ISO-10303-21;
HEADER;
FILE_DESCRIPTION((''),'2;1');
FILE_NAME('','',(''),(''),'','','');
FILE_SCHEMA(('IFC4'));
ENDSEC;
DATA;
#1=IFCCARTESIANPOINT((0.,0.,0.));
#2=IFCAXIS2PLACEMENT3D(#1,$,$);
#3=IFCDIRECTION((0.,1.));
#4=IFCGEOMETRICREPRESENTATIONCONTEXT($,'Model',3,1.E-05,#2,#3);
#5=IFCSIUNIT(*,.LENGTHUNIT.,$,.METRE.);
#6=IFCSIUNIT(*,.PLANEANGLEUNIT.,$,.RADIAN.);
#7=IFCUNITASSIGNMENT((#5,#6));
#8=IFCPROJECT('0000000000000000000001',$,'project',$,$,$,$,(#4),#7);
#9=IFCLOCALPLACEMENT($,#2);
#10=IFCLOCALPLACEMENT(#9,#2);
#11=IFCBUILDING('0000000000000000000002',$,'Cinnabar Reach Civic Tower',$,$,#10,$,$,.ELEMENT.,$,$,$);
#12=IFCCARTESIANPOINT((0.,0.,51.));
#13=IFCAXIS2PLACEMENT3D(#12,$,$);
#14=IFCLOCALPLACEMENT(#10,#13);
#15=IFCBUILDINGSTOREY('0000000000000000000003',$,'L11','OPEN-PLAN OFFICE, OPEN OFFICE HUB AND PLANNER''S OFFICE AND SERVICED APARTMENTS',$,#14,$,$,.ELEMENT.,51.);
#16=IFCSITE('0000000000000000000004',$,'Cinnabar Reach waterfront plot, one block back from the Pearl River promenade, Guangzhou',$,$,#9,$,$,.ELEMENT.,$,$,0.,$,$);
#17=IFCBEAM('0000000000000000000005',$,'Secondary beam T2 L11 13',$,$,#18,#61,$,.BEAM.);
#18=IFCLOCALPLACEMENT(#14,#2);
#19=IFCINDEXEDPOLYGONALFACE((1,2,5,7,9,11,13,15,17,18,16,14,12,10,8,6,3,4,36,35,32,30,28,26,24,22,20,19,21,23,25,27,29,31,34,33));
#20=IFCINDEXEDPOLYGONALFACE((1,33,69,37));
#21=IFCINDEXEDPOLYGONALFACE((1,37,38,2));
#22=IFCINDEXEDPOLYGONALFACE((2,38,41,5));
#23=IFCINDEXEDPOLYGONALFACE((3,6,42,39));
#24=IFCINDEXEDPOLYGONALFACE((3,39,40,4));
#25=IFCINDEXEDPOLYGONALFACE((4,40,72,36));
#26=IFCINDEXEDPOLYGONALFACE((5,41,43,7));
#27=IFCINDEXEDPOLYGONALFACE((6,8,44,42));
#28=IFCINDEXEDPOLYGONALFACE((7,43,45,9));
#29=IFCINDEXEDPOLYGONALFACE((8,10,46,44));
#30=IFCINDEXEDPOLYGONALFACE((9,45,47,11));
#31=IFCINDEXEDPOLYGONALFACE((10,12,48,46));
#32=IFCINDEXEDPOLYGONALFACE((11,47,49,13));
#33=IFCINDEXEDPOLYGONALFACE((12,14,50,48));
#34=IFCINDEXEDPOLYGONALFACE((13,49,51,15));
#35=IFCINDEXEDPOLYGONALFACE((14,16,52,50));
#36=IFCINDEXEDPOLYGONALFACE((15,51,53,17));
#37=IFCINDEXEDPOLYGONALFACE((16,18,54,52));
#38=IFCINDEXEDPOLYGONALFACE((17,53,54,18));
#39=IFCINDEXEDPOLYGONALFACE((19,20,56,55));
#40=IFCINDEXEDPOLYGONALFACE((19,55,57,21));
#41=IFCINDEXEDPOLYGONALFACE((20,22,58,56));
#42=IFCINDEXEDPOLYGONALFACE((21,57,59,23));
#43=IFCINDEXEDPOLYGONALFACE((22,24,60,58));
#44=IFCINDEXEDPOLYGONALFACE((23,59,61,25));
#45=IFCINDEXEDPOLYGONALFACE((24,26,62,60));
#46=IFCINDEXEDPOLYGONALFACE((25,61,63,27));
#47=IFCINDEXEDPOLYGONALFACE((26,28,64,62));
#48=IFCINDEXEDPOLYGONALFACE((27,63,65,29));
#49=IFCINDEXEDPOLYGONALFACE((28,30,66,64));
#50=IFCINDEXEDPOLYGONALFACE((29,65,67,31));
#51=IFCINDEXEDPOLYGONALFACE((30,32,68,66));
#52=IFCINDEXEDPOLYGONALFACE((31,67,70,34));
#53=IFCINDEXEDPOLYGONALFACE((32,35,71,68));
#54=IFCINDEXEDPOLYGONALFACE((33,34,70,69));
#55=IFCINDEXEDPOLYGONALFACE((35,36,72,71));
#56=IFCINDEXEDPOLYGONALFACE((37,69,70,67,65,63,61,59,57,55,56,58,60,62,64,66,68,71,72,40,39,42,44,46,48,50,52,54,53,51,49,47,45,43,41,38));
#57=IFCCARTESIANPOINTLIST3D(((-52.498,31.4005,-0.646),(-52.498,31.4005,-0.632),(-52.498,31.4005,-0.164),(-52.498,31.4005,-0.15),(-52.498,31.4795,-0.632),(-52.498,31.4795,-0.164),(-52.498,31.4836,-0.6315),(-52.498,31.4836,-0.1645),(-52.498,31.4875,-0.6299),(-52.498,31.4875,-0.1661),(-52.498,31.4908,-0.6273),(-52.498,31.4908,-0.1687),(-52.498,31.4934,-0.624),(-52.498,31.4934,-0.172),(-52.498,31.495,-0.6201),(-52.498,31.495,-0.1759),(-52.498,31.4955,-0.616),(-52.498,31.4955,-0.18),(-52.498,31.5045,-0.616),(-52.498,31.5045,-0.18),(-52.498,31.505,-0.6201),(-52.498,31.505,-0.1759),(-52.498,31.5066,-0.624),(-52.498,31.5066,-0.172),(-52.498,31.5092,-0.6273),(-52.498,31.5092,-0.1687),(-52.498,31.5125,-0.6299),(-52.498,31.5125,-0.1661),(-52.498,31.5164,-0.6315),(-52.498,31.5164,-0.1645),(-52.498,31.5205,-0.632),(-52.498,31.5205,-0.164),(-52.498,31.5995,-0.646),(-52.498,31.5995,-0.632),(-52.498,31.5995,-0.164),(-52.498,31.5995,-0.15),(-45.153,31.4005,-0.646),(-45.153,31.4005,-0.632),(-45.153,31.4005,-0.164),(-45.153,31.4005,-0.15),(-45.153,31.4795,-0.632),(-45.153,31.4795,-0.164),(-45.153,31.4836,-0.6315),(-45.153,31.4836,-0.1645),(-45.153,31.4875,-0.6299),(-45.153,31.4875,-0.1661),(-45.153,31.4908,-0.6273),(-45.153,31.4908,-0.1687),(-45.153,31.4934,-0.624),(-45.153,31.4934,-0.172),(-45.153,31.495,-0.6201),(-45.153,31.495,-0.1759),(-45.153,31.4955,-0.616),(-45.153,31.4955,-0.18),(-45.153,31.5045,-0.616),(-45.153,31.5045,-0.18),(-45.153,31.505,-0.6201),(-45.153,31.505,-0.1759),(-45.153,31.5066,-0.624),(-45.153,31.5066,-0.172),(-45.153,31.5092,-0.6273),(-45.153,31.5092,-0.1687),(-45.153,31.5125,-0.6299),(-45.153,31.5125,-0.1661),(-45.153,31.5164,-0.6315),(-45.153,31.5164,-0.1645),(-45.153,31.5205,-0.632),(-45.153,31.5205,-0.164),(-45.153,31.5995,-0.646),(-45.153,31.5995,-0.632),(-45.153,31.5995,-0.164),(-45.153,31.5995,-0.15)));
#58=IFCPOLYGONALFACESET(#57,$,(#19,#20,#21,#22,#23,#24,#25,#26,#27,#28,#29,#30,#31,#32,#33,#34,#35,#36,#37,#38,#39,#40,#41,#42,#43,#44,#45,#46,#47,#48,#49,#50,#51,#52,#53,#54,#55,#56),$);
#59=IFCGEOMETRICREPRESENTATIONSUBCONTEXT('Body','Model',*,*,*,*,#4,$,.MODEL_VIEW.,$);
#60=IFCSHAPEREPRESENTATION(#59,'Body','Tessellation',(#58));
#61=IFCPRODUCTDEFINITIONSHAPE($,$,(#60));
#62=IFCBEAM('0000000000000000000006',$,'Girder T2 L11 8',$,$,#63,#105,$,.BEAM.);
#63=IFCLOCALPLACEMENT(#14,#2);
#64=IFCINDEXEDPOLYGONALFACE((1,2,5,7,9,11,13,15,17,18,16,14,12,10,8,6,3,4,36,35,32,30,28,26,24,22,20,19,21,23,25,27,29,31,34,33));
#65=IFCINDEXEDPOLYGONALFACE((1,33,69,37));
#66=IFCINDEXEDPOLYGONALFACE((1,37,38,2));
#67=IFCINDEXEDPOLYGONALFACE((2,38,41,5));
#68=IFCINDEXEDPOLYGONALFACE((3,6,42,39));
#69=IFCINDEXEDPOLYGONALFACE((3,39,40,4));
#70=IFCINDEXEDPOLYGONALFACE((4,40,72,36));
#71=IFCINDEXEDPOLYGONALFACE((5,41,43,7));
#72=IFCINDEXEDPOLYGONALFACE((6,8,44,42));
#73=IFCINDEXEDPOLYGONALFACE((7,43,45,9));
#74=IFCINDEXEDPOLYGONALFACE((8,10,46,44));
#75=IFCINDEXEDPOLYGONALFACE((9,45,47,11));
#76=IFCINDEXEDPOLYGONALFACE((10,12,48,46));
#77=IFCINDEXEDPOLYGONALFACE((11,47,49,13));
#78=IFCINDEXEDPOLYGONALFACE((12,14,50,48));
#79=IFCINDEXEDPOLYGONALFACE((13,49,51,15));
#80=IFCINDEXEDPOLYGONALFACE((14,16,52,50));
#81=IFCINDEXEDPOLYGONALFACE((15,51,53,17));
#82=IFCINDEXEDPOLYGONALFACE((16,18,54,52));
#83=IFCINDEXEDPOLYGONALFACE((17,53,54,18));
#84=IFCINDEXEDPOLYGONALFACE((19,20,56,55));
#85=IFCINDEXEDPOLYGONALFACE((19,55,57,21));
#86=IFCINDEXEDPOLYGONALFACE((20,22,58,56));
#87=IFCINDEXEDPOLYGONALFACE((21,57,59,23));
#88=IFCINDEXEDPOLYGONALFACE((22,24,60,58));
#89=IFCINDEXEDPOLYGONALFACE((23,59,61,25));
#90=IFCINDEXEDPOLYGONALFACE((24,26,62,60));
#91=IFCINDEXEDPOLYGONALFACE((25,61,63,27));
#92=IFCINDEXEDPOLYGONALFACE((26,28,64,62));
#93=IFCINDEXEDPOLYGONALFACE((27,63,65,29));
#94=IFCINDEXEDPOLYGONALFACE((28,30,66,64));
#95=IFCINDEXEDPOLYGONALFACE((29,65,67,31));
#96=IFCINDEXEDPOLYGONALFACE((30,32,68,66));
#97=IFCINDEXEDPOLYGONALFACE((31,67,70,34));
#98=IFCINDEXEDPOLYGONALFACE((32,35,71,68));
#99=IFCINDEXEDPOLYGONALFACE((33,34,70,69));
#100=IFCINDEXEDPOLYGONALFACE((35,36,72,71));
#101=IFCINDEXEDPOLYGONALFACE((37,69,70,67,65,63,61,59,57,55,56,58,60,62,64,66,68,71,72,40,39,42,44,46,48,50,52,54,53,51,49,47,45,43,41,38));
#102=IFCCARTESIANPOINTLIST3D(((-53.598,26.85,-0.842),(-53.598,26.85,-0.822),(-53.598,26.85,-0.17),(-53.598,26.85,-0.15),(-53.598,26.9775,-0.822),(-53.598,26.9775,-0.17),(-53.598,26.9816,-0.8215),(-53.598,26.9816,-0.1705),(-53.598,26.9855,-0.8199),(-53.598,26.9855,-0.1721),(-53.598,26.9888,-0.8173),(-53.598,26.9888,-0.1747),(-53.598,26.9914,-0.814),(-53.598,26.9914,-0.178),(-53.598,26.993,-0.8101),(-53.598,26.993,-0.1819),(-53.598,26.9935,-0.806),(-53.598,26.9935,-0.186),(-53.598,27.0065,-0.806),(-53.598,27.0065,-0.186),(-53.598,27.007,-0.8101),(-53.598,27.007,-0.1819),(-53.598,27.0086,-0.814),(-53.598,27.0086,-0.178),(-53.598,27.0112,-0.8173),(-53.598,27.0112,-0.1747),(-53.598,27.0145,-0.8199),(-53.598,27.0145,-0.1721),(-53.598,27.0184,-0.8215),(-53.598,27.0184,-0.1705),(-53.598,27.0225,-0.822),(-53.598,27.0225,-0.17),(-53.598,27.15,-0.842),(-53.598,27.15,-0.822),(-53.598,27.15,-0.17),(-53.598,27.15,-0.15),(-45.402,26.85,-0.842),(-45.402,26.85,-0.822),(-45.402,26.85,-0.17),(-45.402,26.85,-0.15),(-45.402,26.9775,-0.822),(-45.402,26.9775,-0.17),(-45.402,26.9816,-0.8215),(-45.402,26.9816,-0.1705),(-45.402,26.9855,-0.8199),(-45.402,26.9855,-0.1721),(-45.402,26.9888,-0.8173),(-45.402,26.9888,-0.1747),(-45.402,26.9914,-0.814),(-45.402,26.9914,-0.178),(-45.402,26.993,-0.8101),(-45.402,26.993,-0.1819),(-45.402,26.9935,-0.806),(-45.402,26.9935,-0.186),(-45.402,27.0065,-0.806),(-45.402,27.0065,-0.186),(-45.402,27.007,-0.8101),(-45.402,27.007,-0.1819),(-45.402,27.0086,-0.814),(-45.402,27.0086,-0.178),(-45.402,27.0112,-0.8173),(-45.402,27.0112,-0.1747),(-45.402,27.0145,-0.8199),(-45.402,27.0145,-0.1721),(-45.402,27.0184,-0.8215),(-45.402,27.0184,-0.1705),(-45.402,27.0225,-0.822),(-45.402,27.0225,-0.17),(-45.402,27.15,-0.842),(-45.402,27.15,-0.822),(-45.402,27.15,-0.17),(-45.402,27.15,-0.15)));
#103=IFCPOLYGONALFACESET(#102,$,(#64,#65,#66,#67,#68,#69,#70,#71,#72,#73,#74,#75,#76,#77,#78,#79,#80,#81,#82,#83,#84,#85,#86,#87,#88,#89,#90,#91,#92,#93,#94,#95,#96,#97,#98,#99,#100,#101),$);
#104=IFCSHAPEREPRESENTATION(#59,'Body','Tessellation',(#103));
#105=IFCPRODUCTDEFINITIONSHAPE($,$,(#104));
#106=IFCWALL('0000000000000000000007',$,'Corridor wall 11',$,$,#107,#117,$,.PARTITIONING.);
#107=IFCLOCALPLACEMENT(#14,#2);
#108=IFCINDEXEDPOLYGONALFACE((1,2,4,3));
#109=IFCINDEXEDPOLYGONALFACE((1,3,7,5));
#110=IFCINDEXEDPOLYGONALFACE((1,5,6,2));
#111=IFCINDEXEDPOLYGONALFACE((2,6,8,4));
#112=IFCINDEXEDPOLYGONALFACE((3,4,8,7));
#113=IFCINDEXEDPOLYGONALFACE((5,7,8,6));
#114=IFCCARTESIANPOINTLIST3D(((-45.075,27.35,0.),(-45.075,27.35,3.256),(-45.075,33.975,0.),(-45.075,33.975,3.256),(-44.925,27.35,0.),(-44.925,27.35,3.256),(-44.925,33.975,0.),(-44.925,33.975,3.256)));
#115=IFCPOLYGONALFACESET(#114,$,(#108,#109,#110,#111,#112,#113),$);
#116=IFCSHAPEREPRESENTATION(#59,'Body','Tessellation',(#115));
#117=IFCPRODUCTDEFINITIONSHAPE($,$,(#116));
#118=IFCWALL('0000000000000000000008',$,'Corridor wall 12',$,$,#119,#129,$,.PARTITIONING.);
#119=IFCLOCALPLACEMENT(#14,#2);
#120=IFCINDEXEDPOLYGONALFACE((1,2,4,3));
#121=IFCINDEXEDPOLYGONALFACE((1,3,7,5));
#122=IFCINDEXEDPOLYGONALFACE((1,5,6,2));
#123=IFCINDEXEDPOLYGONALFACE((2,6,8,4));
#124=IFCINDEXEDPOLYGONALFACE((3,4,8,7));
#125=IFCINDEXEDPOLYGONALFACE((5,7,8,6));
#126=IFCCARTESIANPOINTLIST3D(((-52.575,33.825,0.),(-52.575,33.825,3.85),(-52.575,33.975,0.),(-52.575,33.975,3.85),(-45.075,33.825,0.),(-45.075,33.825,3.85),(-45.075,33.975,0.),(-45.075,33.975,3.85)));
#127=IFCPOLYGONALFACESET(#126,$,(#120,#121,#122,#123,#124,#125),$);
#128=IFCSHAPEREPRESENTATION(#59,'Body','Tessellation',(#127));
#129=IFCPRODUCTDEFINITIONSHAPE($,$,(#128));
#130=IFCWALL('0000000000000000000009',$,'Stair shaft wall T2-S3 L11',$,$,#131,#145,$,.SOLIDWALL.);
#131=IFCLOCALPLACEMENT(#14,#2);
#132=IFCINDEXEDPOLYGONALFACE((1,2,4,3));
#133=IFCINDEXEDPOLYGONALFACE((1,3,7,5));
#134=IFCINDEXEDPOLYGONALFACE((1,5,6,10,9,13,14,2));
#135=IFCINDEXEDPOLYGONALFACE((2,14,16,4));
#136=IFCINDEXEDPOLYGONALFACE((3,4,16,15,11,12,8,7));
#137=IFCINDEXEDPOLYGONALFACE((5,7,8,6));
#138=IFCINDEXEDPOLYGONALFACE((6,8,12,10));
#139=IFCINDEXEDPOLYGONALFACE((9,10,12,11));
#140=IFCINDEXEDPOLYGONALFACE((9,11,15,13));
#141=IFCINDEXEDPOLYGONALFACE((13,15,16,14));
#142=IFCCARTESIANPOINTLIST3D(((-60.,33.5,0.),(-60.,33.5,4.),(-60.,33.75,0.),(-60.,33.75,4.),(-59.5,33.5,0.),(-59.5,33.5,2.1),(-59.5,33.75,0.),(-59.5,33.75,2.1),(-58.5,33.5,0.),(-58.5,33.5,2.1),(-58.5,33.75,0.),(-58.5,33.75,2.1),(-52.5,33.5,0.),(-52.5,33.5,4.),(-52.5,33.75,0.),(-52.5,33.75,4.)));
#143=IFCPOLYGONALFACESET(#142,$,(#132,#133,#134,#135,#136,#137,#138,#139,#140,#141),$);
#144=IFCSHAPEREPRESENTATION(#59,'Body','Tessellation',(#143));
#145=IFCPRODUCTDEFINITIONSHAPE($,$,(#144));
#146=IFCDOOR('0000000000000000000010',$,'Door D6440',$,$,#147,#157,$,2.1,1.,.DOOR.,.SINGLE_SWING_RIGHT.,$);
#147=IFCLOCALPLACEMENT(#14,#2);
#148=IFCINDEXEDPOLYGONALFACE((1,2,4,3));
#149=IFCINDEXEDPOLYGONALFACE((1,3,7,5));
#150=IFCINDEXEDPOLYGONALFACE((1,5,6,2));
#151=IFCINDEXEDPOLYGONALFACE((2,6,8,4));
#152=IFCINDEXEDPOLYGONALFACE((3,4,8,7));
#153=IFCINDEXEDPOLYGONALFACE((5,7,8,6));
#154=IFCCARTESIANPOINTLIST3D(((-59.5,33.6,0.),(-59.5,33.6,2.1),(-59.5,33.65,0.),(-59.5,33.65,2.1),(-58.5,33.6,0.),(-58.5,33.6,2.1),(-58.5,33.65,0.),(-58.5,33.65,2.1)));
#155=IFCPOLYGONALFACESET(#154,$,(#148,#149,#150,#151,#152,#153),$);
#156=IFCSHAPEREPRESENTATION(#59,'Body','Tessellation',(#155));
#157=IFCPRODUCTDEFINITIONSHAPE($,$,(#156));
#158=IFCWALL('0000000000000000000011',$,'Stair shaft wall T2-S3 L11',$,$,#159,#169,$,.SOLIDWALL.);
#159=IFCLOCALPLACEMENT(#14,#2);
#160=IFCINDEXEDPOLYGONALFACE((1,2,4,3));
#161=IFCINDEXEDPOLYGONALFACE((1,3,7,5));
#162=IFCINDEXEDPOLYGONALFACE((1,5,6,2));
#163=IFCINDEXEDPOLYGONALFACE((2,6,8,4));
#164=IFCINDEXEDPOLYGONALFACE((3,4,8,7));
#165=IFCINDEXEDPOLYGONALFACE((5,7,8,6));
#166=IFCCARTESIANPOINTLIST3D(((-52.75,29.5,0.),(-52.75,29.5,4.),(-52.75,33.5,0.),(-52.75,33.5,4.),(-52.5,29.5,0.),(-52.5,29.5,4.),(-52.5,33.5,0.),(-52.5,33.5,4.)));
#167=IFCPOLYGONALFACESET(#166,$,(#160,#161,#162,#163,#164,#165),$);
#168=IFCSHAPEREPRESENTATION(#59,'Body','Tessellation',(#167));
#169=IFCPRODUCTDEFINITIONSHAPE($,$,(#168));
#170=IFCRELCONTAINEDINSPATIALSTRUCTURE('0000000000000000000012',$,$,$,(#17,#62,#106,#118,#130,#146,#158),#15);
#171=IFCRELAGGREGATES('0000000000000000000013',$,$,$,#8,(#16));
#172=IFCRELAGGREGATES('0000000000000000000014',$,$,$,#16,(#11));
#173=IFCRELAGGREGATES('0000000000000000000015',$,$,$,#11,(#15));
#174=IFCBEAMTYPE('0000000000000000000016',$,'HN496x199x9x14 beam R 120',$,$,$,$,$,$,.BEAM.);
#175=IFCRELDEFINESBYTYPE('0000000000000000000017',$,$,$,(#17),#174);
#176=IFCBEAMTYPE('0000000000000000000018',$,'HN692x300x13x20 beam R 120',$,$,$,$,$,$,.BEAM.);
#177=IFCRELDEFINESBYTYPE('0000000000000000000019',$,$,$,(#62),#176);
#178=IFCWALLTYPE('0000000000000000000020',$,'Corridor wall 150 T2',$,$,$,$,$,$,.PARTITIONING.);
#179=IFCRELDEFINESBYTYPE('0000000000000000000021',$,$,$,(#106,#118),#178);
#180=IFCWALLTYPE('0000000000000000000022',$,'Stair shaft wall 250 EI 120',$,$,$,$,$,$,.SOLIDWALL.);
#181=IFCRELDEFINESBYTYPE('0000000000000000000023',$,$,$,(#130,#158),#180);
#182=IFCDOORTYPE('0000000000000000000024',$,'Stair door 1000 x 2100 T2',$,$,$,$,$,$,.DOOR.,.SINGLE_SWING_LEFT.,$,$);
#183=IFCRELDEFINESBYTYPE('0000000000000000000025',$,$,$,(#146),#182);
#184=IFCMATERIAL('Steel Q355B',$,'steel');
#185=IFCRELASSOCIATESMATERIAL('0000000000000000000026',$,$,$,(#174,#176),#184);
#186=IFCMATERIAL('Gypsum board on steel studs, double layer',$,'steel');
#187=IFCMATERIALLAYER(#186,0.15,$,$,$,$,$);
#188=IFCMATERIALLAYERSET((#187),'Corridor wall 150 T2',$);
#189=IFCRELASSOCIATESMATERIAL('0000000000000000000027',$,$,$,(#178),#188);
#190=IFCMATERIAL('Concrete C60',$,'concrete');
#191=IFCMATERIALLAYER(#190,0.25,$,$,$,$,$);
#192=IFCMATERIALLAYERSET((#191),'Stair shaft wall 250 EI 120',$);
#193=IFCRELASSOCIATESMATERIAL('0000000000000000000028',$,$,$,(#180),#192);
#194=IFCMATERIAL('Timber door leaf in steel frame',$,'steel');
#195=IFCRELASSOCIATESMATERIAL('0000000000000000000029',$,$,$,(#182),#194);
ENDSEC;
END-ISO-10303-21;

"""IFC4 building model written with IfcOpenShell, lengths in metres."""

from ifc_helpers import new_model, si_unit, direction, frame, frame_2d, origin, origin_2d, place, context, subcontext, project, spatial, rectangle, i_section, extrude, material, layer, layer_set, material_profile, profile_set, type_object, element, fill, save


model = new_model("IFC4")

# Units and contexts
model_context = context("Model", 3, precision=1e-05, world=origin(), true_north=direction((0.0, 1.0)))
body_context = subcontext(model_context, "Body", "Model", "MODEL_VIEW")
ifc_project = project(units=[si_unit("LENGTHUNIT", "METRE"), si_unit("PLANEANGLEUNIT", "RADIAN")], contexts=[model_context])

# Site, building, storey
site_placement = place(None, origin())
site = spatial("IfcSite", under=ifc_project, at=site_placement, Name="Cinnabar Reach waterfront plot, one block back from the Pearl River promenade, Guangzhou", CompositionType="ELEMENT", RefElevation=0.0)
building_placement = place(site_placement, origin())
building = spatial("IfcBuilding", under=site, at=building_placement, Name="Cinnabar Reach Civic Tower", CompositionType="ELEMENT")
storey_placement = place(building_placement, frame((0.0, 0.0, 51.0)))
storey = spatial("IfcBuildingStorey", under=building, at=storey_placement, Name="L11", Description="OPEN-PLAN OFFICE, OPEN OFFICE HUB AND PLANNER'S OFFICE AND SERVICED APARTMENTS", CompositionType="ELEMENT", Elevation=51.0)

# Shared definitions
ifc_material_1 = material(Name="Concrete C60", Category="concrete")

# Beams
ifc_material_2 = material(Name="Steel Q355B", Category="steel")
ifc_material_profile_1 = material_profile(ifc_material_2, i_section(OverallWidth=0.199, OverallDepth=0.496, WebThickness=0.009, FlangeThickness=0.014, FilletRadius=0.016, at=origin_2d()), Name="HN496x199x9x14")
ifc_profile_set_1 = profile_set([ifc_material_profile_1], Name="Steel Q355B")
beam_type_1 = type_object("IfcBeamType", Name="HN496x199x9x14 beam R 120", PredefinedType="BEAM", material=ifc_profile_set_1)
beam_1_placement = place(storey_placement, frame((-52.498, 31.5, -0.398), z_axis=(1.0, 0.0, 0.0), x_axis=(0.0, 1.0, 0.0)))
element("IfcBeam", 1, at=beam_1_placement, inside=storey, type_object=beam_type_1, Name="Secondary beam T2 L11 13", PredefinedType="BEAM", context=body_context, shape_type="SweptSolid", body=[
    extrude(i_section(OverallWidth=0.199, OverallDepth=0.496, WebThickness=0.009, FlangeThickness=0.014, FilletRadius=0.016, at=origin_2d()), origin(), (0.0, 0.0, 1.0), 7.345),
])
ifc_material_profile_2 = material_profile(ifc_material_2, i_section(OverallWidth=0.3, OverallDepth=0.692, WebThickness=0.013, FlangeThickness=0.02, FilletRadius=0.016, at=origin_2d()), Name="HN692x300x13x20")
ifc_profile_set_2 = profile_set([ifc_material_profile_2], Name="Steel Q355B")
beam_type_2 = type_object("IfcBeamType", Name="HN692x300x13x20 beam R 120", PredefinedType="BEAM", material=ifc_profile_set_2)
beam_2_placement = place(storey_placement, frame((-53.598, 27.0, -0.496), z_axis=(1.0, 0.0, 0.0), x_axis=(0.0, 1.0, 0.0)))
element("IfcBeam", 2, at=beam_2_placement, inside=storey, type_object=beam_type_2, Name="Girder T2 L11 8", PredefinedType="BEAM", context=body_context, shape_type="SweptSolid", body=[
    extrude(i_section(OverallWidth=0.3, OverallDepth=0.692, WebThickness=0.013, FlangeThickness=0.02, FilletRadius=0.016, at=origin_2d()), origin(), (0.0, 0.0, 1.0), 8.196),
])

# Walls
ifc_material_3 = material(Name="Gypsum board on steel studs, double layer", Category="steel")
ifc_layer_1 = layer(ifc_material_3, 0.15)
ifc_layer_set_1 = layer_set([ifc_layer_1], Name="Corridor wall 150 T2")
wall_type_1 = type_object("IfcWallType", Name="Corridor wall 150 T2", PredefinedType="PARTITIONING", material=ifc_layer_set_1)
wall_1_placement = place(storey_placement, frame((-45.0, 27.35, 0.0), z_axis=(0.0, 0.0, 1.0), x_axis=(0.0, 1.0, 0.0)))
element("IfcWall", 3, at=wall_1_placement, inside=storey, type_object=wall_type_1, Name="Corridor wall 11", PredefinedType="PARTITIONING", context=body_context, shape_type="SweptSolid", body=[
    extrude(rectangle(XDim=6.625, YDim=0.15, at=frame_2d((3.3125, 0.0))), origin(), (0.0, 0.0, 1.0), 3.256),
])
wall_2_placement = place(storey_placement, frame((-52.575, 33.9, 0.0), z_axis=(0.0, 0.0, 1.0), x_axis=(1.0, 0.0, 0.0)))
element("IfcWall", 4, at=wall_2_placement, inside=storey, type_object=wall_type_1, Name="Corridor wall 12", PredefinedType="PARTITIONING", context=body_context, shape_type="SweptSolid", body=[
    extrude(rectangle(XDim=7.5, YDim=0.15, at=frame_2d((3.75, 0.0))), origin(), (0.0, 0.0, 1.0), 3.85),
])

# Wall, opening, door
ifc_layer_2 = layer(ifc_material_1, 0.25)
ifc_layer_set_2 = layer_set([ifc_layer_2], Name="Stair shaft wall 250 EI 120")
wall_type_2 = type_object("IfcWallType", Name="Stair shaft wall 250 EI 120", PredefinedType="SOLIDWALL", material=ifc_layer_set_2)
wall_3_placement = place(storey_placement, frame((-52.5, 33.625, 0.0), z_axis=(0.0, 0.0, 1.0), x_axis=(-1.0, 0.0, 0.0)))
wall_3 = element("IfcWall", 5, at=wall_3_placement, inside=storey, type_object=wall_type_2, Name="Stair shaft wall T2-S3 L11", PredefinedType="SOLIDWALL", context=body_context, shape_type="SweptSolid", body=[
    extrude(rectangle(XDim=7.5, YDim=0.25, at=frame_2d((3.75, 0.0))), origin(), (0.0, 0.0, 1.0), 4.0),
])
opening_placement = place(wall_3_placement, frame((6.0, 0.0, 0.0)))
opening = element("IfcOpeningElement", 6, at=opening_placement, cuts=wall_3, PredefinedType="OPENING", context=body_context, shape_type="SweptSolid", body=[
    extrude(rectangle(XDim=1.0, YDim=2.1, at=frame_2d((0.5, 1.05))), frame((0.0, 0.135, 0.0), z_axis=(0.0, -1.0, 0.0), x_axis=(1.0, 0.0, 0.0)), (0.0, 0.0, 1.0), 0.27),
])
ifc_material_4 = material(Name="Timber door leaf in steel frame", Category="steel")
door_type = type_object("IfcDoorType", Name="Stair door 1000 x 2100 T2", OperationType="SINGLE_SWING_LEFT", PredefinedType="DOOR", material=ifc_material_4)
door_placement = place(opening_placement, origin())
door = element("IfcDoor", 7, at=door_placement, inside=storey, type_object=door_type, Name="Door D6440", OperationType="SINGLE_SWING_RIGHT", OverallHeight=2.1, OverallWidth=1.0, PredefinedType="DOOR", context=body_context, shape_type="SweptSolid", body=[
    extrude(rectangle(XDim=1.0, YDim=2.1, at=frame_2d((0.5, 1.05))), frame((0.0, 0.025, 0.0), z_axis=(0.0, -1.0, 0.0), x_axis=(1.0, 0.0, 0.0)), (0.0, 0.0, 1.0), 0.05),
])
fill(opening, door)

# Wall
wall_4_placement = place(storey_placement, frame((-52.625, 29.5, 0.0), z_axis=(0.0, 0.0, 1.0), x_axis=(0.0, 1.0, 0.0)))
element("IfcWall", 8, at=wall_4_placement, inside=storey, type_object=wall_type_2, Name="Stair shaft wall T2-S3 L11", PredefinedType="SOLIDWALL", context=body_context, shape_type="SweptSolid", body=[
    extrude(rectangle(XDim=4.0, YDim=0.25, at=frame_2d((2.0, 0.0))), origin(), (0.0, 0.0, 1.0), 4.0),
])

save(model, "model.ifc")
